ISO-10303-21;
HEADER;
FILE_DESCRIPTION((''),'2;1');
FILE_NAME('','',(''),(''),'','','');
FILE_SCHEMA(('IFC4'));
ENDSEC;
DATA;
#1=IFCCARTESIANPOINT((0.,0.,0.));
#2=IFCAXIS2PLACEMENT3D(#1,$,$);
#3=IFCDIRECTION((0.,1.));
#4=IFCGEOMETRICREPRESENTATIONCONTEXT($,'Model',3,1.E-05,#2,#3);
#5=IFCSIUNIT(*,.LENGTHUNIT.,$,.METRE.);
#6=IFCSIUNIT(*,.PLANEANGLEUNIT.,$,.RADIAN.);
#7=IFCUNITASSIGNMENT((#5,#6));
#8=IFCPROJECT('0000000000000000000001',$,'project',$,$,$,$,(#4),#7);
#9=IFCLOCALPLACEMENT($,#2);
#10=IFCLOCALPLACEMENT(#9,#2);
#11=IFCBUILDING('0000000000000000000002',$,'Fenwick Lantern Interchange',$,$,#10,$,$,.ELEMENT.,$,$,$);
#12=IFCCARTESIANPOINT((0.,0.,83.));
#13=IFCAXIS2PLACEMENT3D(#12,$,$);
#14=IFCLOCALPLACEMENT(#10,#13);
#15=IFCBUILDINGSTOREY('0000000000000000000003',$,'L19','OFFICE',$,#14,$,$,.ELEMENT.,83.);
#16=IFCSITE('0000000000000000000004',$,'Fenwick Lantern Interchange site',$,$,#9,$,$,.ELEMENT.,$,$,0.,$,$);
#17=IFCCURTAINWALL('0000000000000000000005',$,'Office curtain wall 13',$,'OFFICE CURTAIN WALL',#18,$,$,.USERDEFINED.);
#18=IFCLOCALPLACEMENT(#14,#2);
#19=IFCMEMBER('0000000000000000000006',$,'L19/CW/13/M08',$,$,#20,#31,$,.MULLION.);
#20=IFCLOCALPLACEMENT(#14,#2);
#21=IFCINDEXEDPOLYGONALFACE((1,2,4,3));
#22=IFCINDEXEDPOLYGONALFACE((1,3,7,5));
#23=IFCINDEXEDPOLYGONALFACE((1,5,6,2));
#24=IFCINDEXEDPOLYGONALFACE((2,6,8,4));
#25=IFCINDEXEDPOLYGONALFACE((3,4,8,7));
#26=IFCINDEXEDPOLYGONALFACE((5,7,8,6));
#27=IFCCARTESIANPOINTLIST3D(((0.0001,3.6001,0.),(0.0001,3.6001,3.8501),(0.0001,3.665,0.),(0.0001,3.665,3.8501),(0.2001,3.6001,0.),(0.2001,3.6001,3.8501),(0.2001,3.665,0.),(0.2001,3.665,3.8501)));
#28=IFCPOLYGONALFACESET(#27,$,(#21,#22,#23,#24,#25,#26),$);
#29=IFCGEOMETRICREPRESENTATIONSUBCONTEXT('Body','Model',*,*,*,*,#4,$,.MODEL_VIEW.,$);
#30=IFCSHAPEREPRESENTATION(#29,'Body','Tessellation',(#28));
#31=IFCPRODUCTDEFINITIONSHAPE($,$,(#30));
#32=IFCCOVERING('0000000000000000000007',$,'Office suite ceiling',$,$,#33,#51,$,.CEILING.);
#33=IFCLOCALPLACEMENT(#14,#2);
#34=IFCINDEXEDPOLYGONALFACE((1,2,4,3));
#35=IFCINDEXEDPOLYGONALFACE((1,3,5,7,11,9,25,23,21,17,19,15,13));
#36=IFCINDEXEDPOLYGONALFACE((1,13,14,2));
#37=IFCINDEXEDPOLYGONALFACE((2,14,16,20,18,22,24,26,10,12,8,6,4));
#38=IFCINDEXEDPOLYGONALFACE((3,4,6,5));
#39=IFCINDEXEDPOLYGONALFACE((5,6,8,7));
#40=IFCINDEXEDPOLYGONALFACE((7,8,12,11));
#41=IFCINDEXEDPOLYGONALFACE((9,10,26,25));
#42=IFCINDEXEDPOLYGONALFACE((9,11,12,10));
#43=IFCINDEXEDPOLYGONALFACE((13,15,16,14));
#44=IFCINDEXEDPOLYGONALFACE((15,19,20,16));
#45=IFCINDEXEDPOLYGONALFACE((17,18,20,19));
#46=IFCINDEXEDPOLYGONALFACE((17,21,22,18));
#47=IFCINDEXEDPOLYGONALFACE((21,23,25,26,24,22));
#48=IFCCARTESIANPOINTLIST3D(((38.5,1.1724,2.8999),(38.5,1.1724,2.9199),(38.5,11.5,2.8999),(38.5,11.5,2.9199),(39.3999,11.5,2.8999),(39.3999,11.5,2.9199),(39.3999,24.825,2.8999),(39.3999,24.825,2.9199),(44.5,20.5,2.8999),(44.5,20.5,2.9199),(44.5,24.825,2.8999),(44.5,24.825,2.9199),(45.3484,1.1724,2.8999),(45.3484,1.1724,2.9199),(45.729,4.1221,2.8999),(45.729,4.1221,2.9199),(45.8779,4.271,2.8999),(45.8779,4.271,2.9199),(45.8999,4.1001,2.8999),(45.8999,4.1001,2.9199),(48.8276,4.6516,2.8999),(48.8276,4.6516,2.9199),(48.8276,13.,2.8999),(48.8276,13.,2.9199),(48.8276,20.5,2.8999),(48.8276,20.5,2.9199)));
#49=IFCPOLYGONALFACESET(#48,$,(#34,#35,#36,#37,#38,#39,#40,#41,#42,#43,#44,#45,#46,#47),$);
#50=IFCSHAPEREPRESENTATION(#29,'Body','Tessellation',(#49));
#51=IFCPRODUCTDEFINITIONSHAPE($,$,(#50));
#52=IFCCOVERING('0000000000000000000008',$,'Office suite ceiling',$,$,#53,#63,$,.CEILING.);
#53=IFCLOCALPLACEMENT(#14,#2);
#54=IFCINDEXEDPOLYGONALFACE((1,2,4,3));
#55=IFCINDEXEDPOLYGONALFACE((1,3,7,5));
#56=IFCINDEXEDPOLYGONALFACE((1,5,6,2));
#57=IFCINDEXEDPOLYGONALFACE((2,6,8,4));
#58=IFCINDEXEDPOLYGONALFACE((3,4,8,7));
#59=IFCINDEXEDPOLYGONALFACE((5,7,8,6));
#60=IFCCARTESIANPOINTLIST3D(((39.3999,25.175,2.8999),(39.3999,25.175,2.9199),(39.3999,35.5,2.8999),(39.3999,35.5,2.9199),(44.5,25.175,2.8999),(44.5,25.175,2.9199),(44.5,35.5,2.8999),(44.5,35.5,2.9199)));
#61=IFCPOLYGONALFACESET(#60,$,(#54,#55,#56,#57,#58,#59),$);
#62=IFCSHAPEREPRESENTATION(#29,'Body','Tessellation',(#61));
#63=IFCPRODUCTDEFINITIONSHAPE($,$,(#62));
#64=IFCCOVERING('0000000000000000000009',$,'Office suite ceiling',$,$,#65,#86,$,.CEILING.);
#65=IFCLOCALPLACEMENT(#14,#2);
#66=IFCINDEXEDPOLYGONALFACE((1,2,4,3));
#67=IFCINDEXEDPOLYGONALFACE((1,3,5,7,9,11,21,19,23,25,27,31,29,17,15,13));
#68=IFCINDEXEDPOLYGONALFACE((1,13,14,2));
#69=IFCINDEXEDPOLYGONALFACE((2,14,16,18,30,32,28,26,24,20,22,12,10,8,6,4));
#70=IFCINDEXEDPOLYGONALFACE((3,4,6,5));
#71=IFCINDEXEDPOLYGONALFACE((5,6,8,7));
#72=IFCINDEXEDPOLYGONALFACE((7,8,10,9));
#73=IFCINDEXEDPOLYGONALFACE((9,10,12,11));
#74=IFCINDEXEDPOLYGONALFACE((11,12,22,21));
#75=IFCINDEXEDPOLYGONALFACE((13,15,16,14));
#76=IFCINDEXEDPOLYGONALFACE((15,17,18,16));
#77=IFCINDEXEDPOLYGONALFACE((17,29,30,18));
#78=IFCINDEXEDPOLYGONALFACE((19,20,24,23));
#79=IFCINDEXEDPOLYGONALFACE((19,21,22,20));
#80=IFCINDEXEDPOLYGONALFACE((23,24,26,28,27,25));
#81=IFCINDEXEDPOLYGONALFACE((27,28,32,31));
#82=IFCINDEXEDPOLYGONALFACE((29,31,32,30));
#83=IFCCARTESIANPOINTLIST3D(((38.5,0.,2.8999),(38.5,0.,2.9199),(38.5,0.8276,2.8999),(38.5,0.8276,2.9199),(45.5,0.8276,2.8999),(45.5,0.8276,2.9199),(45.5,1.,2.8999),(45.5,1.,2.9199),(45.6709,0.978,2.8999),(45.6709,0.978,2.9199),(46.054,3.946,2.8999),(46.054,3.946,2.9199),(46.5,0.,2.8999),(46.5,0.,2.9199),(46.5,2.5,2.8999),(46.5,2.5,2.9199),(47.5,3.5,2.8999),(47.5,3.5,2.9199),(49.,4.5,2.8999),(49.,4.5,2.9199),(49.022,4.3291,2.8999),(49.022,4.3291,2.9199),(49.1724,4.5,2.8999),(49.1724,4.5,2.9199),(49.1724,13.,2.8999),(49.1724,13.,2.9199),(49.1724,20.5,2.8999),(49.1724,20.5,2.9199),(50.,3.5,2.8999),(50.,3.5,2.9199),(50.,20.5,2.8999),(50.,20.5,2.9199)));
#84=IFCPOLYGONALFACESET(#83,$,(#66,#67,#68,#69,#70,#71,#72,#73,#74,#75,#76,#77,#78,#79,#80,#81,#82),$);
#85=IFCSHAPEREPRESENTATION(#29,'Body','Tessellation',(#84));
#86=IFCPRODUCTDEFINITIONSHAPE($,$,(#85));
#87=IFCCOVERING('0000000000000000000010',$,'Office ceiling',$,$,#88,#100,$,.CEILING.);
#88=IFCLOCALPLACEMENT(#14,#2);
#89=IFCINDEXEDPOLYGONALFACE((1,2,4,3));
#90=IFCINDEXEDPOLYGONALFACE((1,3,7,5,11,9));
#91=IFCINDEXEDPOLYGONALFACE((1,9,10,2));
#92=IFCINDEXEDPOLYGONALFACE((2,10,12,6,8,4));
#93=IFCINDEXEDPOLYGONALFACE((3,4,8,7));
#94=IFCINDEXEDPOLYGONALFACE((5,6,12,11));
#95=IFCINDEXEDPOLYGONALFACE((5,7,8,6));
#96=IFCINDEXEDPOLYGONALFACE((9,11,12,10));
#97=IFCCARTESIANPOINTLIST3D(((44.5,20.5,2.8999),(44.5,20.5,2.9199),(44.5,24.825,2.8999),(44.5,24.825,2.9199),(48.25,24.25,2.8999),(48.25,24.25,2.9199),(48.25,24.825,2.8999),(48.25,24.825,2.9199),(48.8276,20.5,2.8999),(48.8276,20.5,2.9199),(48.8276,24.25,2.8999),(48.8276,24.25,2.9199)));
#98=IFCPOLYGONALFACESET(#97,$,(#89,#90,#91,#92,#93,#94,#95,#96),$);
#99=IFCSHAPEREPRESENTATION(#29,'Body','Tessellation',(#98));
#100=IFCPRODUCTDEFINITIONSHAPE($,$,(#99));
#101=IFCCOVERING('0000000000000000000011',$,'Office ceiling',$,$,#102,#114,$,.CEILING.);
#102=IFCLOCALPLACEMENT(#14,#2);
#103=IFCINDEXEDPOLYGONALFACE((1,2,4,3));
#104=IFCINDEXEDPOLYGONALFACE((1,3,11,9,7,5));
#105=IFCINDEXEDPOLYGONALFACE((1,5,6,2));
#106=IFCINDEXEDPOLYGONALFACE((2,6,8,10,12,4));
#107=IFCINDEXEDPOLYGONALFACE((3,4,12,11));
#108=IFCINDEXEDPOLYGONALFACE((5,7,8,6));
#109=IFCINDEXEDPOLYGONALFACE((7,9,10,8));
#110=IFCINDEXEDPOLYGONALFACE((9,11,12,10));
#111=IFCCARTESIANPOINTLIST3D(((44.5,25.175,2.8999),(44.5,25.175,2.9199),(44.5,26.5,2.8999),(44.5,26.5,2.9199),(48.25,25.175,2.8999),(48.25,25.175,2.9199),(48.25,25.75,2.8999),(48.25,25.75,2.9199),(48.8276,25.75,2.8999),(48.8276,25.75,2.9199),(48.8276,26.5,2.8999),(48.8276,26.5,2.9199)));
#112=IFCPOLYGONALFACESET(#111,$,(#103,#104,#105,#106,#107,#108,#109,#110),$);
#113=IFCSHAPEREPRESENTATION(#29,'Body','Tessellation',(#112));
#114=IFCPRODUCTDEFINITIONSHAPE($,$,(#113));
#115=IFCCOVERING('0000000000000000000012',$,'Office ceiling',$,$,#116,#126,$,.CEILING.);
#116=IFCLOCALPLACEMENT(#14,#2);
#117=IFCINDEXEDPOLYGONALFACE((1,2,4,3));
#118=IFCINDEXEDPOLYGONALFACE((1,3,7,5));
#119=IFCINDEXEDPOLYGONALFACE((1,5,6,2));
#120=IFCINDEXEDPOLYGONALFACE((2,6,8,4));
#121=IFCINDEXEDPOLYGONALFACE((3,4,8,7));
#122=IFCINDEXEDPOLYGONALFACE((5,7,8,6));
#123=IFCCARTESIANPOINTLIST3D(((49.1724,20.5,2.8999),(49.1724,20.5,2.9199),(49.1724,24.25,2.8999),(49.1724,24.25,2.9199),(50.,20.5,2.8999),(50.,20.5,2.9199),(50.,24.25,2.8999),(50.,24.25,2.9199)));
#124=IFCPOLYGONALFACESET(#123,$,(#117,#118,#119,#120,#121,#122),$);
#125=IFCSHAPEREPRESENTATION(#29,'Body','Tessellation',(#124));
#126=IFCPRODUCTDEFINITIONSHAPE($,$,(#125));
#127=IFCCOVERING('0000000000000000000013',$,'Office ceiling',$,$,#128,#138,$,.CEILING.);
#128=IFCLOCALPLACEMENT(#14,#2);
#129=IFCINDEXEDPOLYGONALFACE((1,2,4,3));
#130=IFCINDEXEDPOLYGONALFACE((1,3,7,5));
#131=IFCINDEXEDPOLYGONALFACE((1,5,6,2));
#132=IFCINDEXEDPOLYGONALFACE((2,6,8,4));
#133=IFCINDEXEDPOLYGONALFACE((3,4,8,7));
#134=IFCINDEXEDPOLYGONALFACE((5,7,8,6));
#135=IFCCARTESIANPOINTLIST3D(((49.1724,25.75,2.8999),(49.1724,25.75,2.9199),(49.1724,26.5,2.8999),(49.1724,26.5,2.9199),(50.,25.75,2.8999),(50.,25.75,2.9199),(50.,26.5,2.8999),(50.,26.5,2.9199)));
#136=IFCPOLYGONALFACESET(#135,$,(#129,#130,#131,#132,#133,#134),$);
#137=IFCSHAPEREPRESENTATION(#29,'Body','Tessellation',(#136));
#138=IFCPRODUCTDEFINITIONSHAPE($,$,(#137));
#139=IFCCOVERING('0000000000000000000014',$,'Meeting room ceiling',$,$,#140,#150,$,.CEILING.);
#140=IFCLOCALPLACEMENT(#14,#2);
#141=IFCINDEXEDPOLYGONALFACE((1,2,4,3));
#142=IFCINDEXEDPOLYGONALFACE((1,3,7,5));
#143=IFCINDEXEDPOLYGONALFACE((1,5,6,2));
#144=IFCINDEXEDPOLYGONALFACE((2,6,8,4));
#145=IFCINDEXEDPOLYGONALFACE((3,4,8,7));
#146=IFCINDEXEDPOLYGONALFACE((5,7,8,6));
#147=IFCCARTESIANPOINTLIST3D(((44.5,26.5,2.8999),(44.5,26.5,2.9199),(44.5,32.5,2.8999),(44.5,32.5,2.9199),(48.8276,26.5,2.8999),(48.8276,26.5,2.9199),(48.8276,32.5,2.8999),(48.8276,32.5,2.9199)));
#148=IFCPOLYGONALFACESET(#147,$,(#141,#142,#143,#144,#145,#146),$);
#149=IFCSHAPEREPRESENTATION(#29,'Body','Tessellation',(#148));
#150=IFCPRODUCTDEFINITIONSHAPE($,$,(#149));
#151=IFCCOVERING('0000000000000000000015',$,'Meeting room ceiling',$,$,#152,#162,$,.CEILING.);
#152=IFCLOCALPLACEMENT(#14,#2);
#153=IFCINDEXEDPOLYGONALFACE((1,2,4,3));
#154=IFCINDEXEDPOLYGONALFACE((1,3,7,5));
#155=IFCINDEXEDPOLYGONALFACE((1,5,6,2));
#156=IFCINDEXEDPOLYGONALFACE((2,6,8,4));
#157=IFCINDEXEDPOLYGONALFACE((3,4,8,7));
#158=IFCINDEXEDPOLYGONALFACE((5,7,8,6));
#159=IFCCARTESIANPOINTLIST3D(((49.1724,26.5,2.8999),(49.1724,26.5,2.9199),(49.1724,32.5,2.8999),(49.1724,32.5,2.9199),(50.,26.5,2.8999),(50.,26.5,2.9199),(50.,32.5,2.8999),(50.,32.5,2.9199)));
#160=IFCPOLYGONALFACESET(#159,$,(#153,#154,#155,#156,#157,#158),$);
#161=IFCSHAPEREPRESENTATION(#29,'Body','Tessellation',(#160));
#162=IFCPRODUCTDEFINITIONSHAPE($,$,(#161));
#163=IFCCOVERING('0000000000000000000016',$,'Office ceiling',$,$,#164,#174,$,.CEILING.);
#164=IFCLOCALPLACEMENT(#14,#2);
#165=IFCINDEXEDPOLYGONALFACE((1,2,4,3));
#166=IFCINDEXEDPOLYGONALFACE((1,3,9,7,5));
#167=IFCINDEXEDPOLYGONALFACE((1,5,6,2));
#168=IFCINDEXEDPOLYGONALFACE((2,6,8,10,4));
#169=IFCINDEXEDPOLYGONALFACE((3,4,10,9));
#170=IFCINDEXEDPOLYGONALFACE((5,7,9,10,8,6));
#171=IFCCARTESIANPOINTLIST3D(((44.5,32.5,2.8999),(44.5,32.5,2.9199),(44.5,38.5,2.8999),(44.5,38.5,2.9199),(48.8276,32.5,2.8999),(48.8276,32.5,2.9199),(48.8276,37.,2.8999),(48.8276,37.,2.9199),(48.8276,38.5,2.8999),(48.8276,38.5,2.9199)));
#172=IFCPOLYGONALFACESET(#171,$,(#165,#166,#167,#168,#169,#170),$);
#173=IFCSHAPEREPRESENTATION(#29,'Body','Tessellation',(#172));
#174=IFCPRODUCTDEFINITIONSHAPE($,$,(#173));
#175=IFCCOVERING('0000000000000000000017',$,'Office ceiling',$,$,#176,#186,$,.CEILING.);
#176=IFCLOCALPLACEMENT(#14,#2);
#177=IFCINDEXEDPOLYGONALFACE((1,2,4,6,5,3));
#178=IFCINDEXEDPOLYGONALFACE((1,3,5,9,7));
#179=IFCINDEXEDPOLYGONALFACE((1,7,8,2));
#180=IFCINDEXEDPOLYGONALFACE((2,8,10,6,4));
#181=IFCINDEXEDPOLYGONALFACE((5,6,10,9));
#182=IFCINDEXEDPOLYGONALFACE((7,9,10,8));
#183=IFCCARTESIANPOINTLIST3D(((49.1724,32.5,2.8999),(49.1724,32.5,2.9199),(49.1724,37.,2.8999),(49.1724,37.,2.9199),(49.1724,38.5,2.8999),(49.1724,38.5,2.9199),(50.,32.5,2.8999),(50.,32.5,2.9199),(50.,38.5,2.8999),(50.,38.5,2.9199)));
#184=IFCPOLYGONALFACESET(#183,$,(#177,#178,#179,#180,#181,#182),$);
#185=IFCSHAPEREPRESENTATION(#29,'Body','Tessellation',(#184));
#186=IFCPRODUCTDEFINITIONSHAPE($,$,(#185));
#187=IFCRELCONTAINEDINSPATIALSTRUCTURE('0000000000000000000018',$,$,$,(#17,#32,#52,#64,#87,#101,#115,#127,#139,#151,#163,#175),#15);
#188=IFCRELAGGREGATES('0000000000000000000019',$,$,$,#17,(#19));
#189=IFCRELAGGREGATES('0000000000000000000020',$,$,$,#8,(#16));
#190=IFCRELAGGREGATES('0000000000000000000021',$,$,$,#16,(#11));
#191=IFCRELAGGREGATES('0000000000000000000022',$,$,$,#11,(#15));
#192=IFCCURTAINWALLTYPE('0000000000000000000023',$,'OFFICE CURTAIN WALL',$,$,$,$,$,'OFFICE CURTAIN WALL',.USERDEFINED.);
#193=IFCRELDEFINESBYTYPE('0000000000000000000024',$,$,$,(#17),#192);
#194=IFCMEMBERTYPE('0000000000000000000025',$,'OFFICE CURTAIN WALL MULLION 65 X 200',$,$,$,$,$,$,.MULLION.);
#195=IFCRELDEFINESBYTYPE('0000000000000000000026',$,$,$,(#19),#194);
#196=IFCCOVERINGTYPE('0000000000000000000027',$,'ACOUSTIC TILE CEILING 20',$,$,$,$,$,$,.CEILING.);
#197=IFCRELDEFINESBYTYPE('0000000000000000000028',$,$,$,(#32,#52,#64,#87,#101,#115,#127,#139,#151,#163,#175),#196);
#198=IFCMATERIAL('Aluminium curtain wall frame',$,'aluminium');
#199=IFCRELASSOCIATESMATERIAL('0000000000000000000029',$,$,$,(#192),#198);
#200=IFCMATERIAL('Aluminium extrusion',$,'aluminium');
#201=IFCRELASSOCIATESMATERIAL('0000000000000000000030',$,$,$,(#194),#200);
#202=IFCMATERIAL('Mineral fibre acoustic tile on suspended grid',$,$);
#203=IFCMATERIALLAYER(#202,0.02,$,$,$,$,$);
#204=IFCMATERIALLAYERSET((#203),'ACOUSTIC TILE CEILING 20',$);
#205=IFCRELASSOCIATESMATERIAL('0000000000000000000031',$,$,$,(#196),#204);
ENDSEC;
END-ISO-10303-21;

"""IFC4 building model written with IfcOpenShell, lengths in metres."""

from ifc_helpers import new_model, si_unit, direction, frame, origin, origin_2d, place, context, subcontext, project, spatial, polyline, rectangle, outline, extrude, material, layer, layer_set, material_profile, profile_set, type_object, element, aggregate, save


model = new_model("IFC4")

# Units and contexts
model_context = context("Model", 3, precision=1e-05, world=origin(), true_north=direction((0.0, 1.0)))
body_context = subcontext(model_context, "Body", "Model", "MODEL_VIEW")
ifc_project = project(units=[si_unit("LENGTHUNIT", "METRE"), si_unit("PLANEANGLEUNIT", "RADIAN")], contexts=[model_context])

# Site, building, storey
site_placement = place(None, origin())
site = spatial("IfcSite", under=ifc_project, at=site_placement, Name="Fenwick Lantern Interchange site", CompositionType="ELEMENT", RefElevation=0.0)
building_placement = place(site_placement, origin())
building = spatial("IfcBuilding", under=site, at=building_placement, Name="Fenwick Lantern Interchange", CompositionType="ELEMENT")
storey_placement = place(building_placement, frame((0.0, 0.0, 83.0)))
storey = spatial("IfcBuildingStorey", under=building, at=storey_placement, Name="L19", Description="OFFICE", CompositionType="ELEMENT", Elevation=83.0)

# Curtain wall, member
ifc_material_1 = material(Name="Aluminium curtain wall frame", Category="aluminium")
curtain_wall_type = type_object("IfcCurtainWallType", Name="OFFICE CURTAIN WALL", ElementType="OFFICE CURTAIN WALL", PredefinedType="USERDEFINED", material=ifc_material_1)
curtain_wall_placement = place(storey_placement, origin())
curtain_wall = element("IfcCurtainWall", 1, at=curtain_wall_placement, inside=storey, type_object=curtain_wall_type, Name="Office curtain wall 13", ObjectType="OFFICE CURTAIN WALL", PredefinedType="USERDEFINED")
ifc_material_2 = material(Name="Aluminium extrusion", Category="aluminium")
ifc_material_profile = material_profile(ifc_material_2, rectangle(XDim=0.2, YDim=0.0649, at=origin_2d()), Name="OFFICE CURTAIN WALL MULLION 65 X 200")
ifc_profile_set = profile_set([ifc_material_profile], Name="Aluminium extrusion")
member_type = type_object("IfcMemberType", Name="OFFICE CURTAIN WALL MULLION 65 X 200", PredefinedType="MULLION", material=ifc_profile_set)
member_placement = place(storey_placement, frame((0.1001, 3.6326, 0.0), z_axis=(0.0, 0.0, 1.0), x_axis=(1.0, 0.0, 0.0)))
member = element("IfcMember", 2, at=member_placement, type_object=member_type, Name="L19/CW/13/M08", PredefinedType="MULLION", context=body_context, shape_type="SweptSolid", body=[
    extrude(rectangle(XDim=0.2, YDim=0.0649, at=origin_2d()), origin(), (0.0, 0.0, 1.0), 3.8501),
])
aggregate(curtain_wall, [member])

# Coverings
ifc_material_3 = material(Name="Mineral fibre acoustic tile on suspended grid")
ifc_layer_1 = layer(ifc_material_3, 0.02)
ifc_layer_set_1 = layer_set([ifc_layer_1], Name="ACOUSTIC TILE CEILING 20")
covering_type_1 = type_object("IfcCoveringType", Name="ACOUSTIC TILE CEILING 20", PredefinedType="CEILING", material=ifc_layer_set_1)
covering_1_placement = place(storey_placement, frame((0.0, 0.0, 2.8999)))
element("IfcCovering", 3, at=covering_1_placement, inside=storey, type_object=covering_type_1, Name="Office suite ceiling", PredefinedType="CEILING", context=body_context, shape_type="SweptSolid", body=[
    extrude(outline(polyline([(38.5, 11.5), (38.5, 1.1724), (45.3484, 1.1724), (45.729, 4.1221), (45.8999, 4.1001), (45.8779, 4.271), (48.8276, 4.6516), (48.8276, 13.0), (48.8276, 20.5), (44.5, 20.5), (44.5, 24.825), (39.3999, 24.825), (39.3999, 11.5), (38.5, 11.5)])), origin(), (0.0, 0.0, 1.0), 0.02),
])
covering_2_placement = place(storey_placement, frame((0.0, 0.0, 2.8999)))
element("IfcCovering", 4, at=covering_2_placement, inside=storey, type_object=covering_type_1, Name="Office suite ceiling", PredefinedType="CEILING", context=body_context, shape_type="SweptSolid", body=[
    extrude(outline(polyline([(39.3999, 35.5), (39.3999, 25.175), (44.5, 25.175), (44.5, 35.5), (39.3999, 35.5)])), origin(), (0.0, 0.0, 1.0), 0.02),
])
covering_3_placement = place(storey_placement, frame((0.0, 0.0, 2.8999)))
element("IfcCovering", 5, at=covering_3_placement, inside=storey, type_object=covering_type_1, Name="Office suite ceiling", PredefinedType="CEILING", context=body_context, shape_type="SweptSolid", body=[
    extrude(outline(polyline([(50.0, 3.5), (50.0, 20.5), (49.1724, 20.5), (49.1724, 13.0), (49.1724, 4.5), (49.0, 4.5), (49.022, 4.3291), (46.054, 3.946), (45.6709, 0.978), (45.5, 1.0), (45.5, 0.8276), (38.5, 0.8276), (38.5, 0.0), (46.5, 0.0), (46.5, 2.5), (47.5, 3.5), (50.0, 3.5)])), origin(), (0.0, 0.0, 1.0), 0.02),
])
covering_4_placement = place(storey_placement, frame((0.0, 0.0, 2.8999)))
element("IfcCovering", 6, at=covering_4_placement, inside=storey, type_object=covering_type_1, Name="Office ceiling", PredefinedType="CEILING", context=body_context, shape_type="SweptSolid", body=[
    extrude(outline(polyline([(44.5, 20.5), (48.8276, 20.5), (48.8276, 24.25), (48.25, 24.25), (48.25, 24.825), (44.5, 24.825), (44.5, 20.5)])), origin(), (0.0, 0.0, 1.0), 0.02),
])
covering_5_placement = place(storey_placement, frame((0.0, 0.0, 2.8999)))
element("IfcCovering", 7, at=covering_5_placement, inside=storey, type_object=covering_type_1, Name="Office ceiling", PredefinedType="CEILING", context=body_context, shape_type="SweptSolid", body=[
    extrude(outline(polyline([(44.5, 26.5), (44.5, 25.175), (48.25, 25.175), (48.25, 25.75), (48.8276, 25.75), (48.8276, 26.5), (44.5, 26.5)])), origin(), (0.0, 0.0, 1.0), 0.02),
])
covering_6_placement = place(storey_placement, frame((0.0, 0.0, 2.8999)))
element("IfcCovering", 8, at=covering_6_placement, inside=storey, type_object=covering_type_1, Name="Office ceiling", PredefinedType="CEILING", context=body_context, shape_type="SweptSolid", body=[
    extrude(outline(polyline([(49.1724, 20.5), (50.0, 20.5), (50.0, 24.25), (49.1724, 24.25), (49.1724, 20.5)])), origin(), (0.0, 0.0, 1.0), 0.02),
])
covering_7_placement = place(storey_placement, frame((0.0, 0.0, 2.8999)))
element("IfcCovering", 9, at=covering_7_placement, inside=storey, type_object=covering_type_1, Name="Office ceiling", PredefinedType="CEILING", context=body_context, shape_type="SweptSolid", body=[
    extrude(outline(polyline([(50.0, 26.5), (49.1724, 26.5), (49.1724, 25.75), (50.0, 25.75), (50.0, 26.5)])), origin(), (0.0, 0.0, 1.0), 0.02),
])
covering_8_placement = place(storey_placement, frame((0.0, 0.0, 2.8999)))
element("IfcCovering", 10, at=covering_8_placement, inside=storey, type_object=covering_type_1, Name="Meeting room ceiling", PredefinedType="CEILING", context=body_context, shape_type="SweptSolid", body=[
    extrude(outline(polyline([(44.5, 26.5), (48.8276, 26.5), (48.8276, 32.5), (44.5, 32.5), (44.5, 26.5)])), origin(), (0.0, 0.0, 1.0), 0.02),
])
covering_9_placement = place(storey_placement, frame((0.0, 0.0, 2.8999)))
element("IfcCovering", 11, at=covering_9_placement, inside=storey, type_object=covering_type_1, Name="Meeting room ceiling", PredefinedType="CEILING", context=body_context, shape_type="SweptSolid", body=[
    extrude(outline(polyline([(50.0, 32.5), (49.1724, 32.5), (49.1724, 26.5), (50.0, 26.5), (50.0, 32.5)])), origin(), (0.0, 0.0, 1.0), 0.02),
])
covering_10_placement = place(storey_placement, frame((0.0, 0.0, 2.8999)))
element("IfcCovering", 12, at=covering_10_placement, inside=storey, type_object=covering_type_1, Name="Office ceiling", PredefinedType="CEILING", context=body_context, shape_type="SweptSolid", body=[
    extrude(outline(polyline([(44.5, 32.5), (48.8276, 32.5), (48.8276, 37.0), (48.8276, 38.5), (44.5, 38.5), (44.5, 32.5)])), origin(), (0.0, 0.0, 1.0), 0.02),
])
covering_11_placement = place(storey_placement, frame((0.0, 0.0, 2.8999)))
element("IfcCovering", 13, at=covering_11_placement, inside=storey, type_object=covering_type_1, Name="Office ceiling", PredefinedType="CEILING", context=body_context, shape_type="SweptSolid", body=[
    extrude(outline(polyline([(50.0, 38.5), (49.1724, 38.5), (49.1724, 37.0), (49.1724, 32.5), (50.0, 32.5), (50.0, 38.5)])), origin(), (0.0, 0.0, 1.0), 0.02),
])

save(model, "model.ifc")
